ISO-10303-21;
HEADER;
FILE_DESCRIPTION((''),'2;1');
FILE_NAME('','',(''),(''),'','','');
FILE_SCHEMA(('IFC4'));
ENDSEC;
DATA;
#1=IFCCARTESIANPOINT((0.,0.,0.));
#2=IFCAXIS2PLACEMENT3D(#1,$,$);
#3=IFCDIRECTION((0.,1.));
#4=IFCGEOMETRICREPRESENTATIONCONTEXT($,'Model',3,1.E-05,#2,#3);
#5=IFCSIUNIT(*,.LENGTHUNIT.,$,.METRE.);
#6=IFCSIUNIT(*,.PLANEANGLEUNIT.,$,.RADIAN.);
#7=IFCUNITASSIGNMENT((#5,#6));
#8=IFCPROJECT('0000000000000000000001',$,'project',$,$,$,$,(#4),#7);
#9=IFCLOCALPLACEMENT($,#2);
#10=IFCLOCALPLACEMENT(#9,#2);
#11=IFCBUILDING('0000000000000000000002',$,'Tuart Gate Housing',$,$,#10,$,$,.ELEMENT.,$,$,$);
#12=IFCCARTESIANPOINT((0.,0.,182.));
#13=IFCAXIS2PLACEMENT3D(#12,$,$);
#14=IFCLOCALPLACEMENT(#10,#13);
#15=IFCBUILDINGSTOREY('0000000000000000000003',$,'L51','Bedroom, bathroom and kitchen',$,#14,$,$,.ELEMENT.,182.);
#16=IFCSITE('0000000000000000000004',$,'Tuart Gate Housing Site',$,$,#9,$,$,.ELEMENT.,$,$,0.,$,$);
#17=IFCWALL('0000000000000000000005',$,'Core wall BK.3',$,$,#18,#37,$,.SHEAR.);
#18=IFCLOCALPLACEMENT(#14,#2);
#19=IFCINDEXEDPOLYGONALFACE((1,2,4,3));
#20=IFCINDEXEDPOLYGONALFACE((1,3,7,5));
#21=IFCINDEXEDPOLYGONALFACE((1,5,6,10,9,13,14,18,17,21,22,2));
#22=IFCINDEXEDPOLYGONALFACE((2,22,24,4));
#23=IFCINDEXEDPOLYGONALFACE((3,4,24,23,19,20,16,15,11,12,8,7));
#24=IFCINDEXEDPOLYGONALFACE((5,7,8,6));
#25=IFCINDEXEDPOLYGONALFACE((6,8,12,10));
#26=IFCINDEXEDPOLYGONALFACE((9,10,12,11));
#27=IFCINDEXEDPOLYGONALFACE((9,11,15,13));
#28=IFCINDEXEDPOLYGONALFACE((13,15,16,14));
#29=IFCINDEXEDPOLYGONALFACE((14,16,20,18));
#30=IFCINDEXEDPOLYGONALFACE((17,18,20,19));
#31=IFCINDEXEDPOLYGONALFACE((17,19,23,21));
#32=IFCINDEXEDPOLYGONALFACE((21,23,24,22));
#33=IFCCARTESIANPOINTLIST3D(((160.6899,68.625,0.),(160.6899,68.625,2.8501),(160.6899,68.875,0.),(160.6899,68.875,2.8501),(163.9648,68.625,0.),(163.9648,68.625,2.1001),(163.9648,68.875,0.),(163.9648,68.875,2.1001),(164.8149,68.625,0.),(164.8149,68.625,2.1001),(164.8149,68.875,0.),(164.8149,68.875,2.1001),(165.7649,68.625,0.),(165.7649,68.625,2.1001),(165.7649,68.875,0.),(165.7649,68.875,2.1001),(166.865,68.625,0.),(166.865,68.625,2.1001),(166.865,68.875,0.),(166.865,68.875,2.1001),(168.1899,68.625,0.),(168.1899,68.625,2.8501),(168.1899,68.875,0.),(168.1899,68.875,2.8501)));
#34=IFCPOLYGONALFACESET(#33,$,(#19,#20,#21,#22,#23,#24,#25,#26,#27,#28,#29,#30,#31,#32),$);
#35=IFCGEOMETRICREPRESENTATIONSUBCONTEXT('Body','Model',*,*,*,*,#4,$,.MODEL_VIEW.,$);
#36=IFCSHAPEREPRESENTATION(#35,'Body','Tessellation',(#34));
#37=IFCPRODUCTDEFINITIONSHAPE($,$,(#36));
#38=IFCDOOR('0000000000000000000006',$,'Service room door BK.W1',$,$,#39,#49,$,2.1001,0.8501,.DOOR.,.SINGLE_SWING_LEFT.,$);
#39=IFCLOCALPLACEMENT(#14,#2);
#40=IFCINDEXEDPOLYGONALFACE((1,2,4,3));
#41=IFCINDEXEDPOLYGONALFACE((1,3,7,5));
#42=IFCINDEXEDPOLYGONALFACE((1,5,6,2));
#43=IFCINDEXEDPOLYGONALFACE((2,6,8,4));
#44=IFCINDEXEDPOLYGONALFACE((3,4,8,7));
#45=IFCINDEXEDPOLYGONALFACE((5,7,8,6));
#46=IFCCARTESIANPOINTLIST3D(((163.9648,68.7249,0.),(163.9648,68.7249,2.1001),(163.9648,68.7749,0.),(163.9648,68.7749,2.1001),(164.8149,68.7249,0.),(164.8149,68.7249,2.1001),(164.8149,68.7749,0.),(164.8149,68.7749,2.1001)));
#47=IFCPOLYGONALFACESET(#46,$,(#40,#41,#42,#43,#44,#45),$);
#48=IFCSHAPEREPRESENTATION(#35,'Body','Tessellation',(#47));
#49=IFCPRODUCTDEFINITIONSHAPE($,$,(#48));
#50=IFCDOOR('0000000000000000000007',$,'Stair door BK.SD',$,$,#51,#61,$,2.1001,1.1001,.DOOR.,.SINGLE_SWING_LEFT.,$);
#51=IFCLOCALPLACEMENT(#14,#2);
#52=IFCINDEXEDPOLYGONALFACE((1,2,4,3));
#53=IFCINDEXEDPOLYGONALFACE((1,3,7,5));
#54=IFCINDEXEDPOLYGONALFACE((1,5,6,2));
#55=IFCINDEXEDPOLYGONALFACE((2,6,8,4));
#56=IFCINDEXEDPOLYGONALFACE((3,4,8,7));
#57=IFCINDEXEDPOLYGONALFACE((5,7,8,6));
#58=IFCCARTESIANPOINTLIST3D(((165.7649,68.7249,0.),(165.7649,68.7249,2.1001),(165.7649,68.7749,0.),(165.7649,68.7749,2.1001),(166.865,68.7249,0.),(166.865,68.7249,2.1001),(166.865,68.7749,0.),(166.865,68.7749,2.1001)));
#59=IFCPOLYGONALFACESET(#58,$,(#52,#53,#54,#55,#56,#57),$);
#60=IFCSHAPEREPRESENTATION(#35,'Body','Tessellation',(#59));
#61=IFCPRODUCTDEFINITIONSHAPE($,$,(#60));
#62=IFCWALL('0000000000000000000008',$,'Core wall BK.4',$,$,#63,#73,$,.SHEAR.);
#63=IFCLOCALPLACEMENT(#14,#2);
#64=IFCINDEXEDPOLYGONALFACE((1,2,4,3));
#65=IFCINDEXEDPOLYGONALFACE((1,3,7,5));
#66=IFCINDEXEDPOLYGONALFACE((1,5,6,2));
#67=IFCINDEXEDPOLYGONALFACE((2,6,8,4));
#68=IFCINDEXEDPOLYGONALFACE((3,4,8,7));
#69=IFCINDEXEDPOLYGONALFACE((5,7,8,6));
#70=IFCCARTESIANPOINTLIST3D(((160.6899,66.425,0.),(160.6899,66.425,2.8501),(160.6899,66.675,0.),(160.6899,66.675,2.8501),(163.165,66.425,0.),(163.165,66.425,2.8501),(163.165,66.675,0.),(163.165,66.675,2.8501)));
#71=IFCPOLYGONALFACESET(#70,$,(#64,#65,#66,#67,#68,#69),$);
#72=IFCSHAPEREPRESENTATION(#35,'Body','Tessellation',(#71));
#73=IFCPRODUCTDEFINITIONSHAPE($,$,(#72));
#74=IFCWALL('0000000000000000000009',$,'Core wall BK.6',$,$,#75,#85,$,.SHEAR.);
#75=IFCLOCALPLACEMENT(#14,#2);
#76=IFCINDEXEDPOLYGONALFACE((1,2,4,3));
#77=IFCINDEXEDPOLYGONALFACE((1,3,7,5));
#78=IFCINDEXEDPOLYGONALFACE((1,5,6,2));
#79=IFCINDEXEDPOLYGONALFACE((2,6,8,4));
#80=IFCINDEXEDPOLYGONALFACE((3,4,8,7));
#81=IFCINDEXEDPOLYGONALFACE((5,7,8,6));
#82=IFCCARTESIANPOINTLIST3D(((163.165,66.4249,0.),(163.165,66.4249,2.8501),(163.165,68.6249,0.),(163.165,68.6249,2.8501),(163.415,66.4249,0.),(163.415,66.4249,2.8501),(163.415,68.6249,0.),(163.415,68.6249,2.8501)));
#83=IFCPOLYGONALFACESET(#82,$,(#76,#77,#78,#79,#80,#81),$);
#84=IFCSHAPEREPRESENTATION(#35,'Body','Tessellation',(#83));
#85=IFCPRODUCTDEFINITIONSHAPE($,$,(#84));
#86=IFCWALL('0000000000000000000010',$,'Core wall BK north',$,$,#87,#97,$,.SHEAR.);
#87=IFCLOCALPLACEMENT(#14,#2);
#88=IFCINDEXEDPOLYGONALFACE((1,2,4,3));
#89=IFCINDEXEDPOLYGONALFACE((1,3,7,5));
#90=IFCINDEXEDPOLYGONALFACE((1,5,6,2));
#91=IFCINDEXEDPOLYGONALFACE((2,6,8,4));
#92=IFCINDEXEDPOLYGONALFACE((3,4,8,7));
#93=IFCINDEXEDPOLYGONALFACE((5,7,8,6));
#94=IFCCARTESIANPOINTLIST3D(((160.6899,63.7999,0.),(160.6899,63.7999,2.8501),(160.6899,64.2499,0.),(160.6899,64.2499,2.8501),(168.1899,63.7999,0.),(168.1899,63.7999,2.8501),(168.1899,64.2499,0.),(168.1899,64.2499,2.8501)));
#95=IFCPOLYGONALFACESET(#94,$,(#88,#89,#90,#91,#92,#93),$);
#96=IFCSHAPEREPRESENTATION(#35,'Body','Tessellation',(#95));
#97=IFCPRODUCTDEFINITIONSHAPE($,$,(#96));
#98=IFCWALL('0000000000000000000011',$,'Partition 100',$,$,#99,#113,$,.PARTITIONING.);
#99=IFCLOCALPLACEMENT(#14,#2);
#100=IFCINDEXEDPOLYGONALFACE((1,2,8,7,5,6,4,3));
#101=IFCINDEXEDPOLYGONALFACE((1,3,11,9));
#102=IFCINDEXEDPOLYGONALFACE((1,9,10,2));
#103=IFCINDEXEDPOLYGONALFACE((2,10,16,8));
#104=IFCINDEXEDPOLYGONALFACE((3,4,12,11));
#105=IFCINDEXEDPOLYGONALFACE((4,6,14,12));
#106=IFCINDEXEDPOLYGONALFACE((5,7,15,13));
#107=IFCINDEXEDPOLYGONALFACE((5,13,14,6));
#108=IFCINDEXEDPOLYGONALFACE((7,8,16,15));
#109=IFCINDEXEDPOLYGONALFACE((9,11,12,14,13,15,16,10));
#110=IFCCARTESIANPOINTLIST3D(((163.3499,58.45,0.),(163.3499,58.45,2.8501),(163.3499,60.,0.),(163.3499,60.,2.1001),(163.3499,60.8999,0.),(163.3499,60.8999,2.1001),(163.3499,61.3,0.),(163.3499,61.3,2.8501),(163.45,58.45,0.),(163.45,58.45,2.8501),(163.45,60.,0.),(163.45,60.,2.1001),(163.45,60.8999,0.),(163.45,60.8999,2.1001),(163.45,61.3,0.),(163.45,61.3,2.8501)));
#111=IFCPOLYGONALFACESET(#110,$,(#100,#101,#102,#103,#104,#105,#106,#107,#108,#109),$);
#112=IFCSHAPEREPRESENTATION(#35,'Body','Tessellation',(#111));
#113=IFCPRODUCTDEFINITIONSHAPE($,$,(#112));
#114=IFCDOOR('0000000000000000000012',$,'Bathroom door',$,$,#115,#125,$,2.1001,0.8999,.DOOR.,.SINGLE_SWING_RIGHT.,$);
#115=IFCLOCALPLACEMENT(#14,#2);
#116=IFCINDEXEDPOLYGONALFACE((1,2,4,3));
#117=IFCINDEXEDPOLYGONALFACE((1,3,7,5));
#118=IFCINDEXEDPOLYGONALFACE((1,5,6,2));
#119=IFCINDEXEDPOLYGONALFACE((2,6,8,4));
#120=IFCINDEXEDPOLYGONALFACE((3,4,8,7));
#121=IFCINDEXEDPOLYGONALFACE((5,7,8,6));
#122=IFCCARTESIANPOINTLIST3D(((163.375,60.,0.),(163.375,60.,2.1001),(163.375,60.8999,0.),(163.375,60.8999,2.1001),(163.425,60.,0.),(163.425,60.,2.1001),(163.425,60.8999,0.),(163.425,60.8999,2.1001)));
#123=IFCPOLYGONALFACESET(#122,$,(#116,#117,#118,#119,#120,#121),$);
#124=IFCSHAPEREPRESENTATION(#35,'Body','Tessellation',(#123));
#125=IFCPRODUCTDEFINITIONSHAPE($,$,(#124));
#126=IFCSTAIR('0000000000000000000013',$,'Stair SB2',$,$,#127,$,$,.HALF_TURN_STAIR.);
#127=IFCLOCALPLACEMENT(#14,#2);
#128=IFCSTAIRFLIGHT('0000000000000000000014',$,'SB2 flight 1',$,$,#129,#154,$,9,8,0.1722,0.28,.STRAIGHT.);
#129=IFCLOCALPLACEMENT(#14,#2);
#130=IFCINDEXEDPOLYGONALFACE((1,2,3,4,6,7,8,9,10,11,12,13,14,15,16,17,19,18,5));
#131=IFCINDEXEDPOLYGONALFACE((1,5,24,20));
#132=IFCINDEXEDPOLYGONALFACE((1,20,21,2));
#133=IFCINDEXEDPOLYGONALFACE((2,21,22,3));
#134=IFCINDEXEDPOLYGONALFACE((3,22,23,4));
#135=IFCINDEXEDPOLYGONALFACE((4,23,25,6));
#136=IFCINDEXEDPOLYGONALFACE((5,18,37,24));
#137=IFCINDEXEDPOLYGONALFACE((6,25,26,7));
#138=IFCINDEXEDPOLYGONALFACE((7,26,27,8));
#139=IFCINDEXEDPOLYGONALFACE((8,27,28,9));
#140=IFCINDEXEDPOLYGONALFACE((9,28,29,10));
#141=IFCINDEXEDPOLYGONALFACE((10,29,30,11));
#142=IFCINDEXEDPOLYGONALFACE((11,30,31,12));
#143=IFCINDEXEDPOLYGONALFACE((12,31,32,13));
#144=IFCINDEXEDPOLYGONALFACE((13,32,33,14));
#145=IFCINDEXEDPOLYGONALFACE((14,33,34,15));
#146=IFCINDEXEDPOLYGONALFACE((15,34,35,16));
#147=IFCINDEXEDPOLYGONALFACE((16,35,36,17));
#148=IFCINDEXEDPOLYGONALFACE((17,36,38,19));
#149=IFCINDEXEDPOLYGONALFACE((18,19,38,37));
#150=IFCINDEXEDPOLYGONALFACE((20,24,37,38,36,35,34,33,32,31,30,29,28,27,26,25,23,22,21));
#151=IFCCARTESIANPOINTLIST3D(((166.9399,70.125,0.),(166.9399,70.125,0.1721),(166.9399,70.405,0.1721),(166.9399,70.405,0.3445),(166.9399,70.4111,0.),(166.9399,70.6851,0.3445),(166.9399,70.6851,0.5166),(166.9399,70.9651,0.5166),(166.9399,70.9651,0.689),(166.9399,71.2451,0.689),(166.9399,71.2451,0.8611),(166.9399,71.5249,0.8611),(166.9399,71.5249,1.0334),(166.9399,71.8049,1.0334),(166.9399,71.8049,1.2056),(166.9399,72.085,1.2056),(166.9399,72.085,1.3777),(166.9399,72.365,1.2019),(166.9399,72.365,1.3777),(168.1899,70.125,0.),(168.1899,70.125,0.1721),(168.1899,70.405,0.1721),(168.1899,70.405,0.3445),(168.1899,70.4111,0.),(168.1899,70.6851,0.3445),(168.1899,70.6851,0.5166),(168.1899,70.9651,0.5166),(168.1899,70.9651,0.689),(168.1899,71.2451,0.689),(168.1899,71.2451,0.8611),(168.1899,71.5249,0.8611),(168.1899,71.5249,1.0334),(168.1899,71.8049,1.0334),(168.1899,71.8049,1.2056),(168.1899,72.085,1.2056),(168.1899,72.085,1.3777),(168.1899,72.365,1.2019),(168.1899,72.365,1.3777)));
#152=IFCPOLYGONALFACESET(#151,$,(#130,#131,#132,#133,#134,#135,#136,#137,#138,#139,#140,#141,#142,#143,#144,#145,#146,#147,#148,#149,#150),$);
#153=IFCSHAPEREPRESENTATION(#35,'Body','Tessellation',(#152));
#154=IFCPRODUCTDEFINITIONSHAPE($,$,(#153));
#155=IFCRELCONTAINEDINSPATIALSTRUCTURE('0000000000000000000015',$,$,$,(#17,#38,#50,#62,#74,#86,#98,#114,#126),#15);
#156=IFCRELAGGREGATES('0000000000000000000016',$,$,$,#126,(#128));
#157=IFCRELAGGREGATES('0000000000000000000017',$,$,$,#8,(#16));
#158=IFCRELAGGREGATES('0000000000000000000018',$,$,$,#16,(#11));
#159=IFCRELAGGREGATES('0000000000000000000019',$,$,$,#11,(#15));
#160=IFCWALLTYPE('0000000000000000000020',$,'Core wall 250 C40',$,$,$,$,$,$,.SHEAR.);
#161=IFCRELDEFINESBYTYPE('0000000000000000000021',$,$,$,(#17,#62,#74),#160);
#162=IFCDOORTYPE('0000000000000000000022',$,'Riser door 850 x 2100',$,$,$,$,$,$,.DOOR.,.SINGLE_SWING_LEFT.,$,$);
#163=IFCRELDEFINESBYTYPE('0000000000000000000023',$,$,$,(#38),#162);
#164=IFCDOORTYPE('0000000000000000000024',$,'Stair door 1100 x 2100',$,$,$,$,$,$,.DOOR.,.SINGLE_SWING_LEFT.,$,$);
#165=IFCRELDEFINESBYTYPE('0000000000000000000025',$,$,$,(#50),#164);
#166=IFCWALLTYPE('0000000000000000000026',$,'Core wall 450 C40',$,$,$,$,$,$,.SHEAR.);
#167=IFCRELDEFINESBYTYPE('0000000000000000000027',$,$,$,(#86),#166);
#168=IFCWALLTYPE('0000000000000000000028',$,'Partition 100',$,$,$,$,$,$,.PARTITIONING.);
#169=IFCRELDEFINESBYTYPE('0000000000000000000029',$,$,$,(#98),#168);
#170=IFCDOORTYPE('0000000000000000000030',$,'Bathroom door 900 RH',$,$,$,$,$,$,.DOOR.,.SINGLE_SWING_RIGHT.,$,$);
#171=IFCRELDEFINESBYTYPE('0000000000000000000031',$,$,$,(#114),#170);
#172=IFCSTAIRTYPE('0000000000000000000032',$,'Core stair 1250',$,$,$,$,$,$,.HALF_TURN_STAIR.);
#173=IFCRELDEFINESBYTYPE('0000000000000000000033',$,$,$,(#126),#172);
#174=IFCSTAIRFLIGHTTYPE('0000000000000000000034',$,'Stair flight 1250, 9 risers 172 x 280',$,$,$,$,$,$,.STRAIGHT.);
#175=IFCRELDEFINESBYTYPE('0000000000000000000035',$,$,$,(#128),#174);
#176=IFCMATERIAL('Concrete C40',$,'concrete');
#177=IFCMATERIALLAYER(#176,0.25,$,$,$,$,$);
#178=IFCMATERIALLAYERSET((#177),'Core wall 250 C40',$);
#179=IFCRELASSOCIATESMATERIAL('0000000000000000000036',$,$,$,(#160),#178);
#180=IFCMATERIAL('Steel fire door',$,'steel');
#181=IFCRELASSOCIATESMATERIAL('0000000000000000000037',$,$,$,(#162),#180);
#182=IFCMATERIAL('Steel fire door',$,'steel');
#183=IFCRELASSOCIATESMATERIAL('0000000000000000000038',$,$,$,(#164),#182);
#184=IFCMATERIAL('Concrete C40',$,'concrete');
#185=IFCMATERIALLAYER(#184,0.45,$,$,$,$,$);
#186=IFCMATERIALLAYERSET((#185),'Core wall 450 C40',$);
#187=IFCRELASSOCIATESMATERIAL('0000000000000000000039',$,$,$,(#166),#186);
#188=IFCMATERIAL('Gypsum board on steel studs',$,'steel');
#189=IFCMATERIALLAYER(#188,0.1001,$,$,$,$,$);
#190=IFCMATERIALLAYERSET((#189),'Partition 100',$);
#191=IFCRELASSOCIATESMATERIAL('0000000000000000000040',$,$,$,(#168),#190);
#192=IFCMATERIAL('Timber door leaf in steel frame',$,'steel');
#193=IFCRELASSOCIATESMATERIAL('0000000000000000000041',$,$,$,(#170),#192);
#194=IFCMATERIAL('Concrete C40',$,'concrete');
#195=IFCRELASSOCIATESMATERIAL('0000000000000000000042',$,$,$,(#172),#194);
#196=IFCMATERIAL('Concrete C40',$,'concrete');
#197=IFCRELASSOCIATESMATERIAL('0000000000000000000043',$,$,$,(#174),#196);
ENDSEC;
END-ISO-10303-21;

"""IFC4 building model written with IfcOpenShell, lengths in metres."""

from ifc_helpers import new_model, si_unit, direction, frame, frame_2d, origin, place, context, subcontext, project, spatial, polyline, rectangle, outline, extrude, material, layer, layer_set, type_object, element, fill, aggregate, save


model = new_model("IFC4")

# Units and contexts
model_context = context("Model", 3, precision=1e-05, world=origin(), true_north=direction((0.0, 1.0)))
body_context = subcontext(model_context, "Body", "Model", "MODEL_VIEW")
ifc_project = project(units=[si_unit("LENGTHUNIT", "METRE"), si_unit("PLANEANGLEUNIT", "RADIAN")], contexts=[model_context])

# Site, building, storey
site_placement = place(None, origin())
site = spatial("IfcSite", under=ifc_project, at=site_placement, Name="Tuart Gate Housing Site", CompositionType="ELEMENT", RefElevation=0.0)
building_placement = place(site_placement, origin())
building = spatial("IfcBuilding", under=site, at=building_placement, Name="Tuart Gate Housing", CompositionType="ELEMENT")
storey_placement = place(building_placement, frame((0.0, 0.0, 182.0)))
storey = spatial("IfcBuildingStorey", under=building, at=storey_placement, Name="L51", Description="Bedroom, bathroom and kitchen", CompositionType="ELEMENT", Elevation=182.0)

# Wall, openings, doors
ifc_material_1 = material(Name="Concrete C40", Category="concrete")
ifc_layer_1 = layer(ifc_material_1, 0.25)
ifc_layer_set_1 = layer_set([ifc_layer_1], Name="Core wall 250 C40")
wall_type_1 = type_object("IfcWallType", Name="Core wall 250 C40", PredefinedType="SHEAR", material=ifc_layer_set_1)
wall_1_placement = place(storey_placement, frame((160.6899, 68.75, 0.0), z_axis=(0.0, 0.0, 1.0), x_axis=(1.0, 0.0, 0.0)))
wall_1 = element("IfcWall", 1, at=wall_1_placement, inside=storey, type_object=wall_type_1, Name="Core wall BK.3", PredefinedType="SHEAR", context=body_context, shape_type="SweptSolid", body=[
    extrude(rectangle(XDim=7.5, YDim=0.25, at=frame_2d((3.75, 0.0))), origin(), (0.0, 0.0, 1.0), 2.8501),
])
opening_1_placement = place(wall_1_placement, frame((5.075, 0.0, 0.0)))
opening_1 = element("IfcOpeningElement", 2, at=opening_1_placement, cuts=wall_1, PredefinedType="OPENING", context=body_context, shape_type="SweptSolid", body=[
    extrude(rectangle(XDim=1.1001, YDim=2.1001, at=frame_2d((0.55, 1.05))), frame((0.0, 0.135, 0.0), z_axis=(0.0, -1.0, 0.0), x_axis=(1.0, 0.0, 0.0)), (0.0, 0.0, 1.0), 0.27),
])
opening_2_placement = place(wall_1_placement, frame((3.2749, 0.0, 0.0)))
opening_2 = element("IfcOpeningElement", 3, at=opening_2_placement, cuts=wall_1, PredefinedType="OPENING", context=body_context, shape_type="SweptSolid", body=[
    extrude(rectangle(XDim=0.8501, YDim=2.1001, at=frame_2d((0.425, 1.05))), frame((0.0, 0.135, 0.0), z_axis=(0.0, -1.0, 0.0), x_axis=(1.0, 0.0, 0.0)), (0.0, 0.0, 1.0), 0.27),
])
ifc_material_2 = material(Name="Steel fire door", Category="steel")
door_type_1 = type_object("IfcDoorType", Name="Riser door 850 x 2100", OperationType="SINGLE_SWING_LEFT", PredefinedType="DOOR", material=ifc_material_2)
door_1_placement = place(opening_2_placement, origin())
door_1 = element("IfcDoor", 4, at=door_1_placement, inside=storey, type_object=door_type_1, Name="Service room door BK.W1", OperationType="SINGLE_SWING_LEFT", OverallHeight=2.1001, OverallWidth=0.8501, PredefinedType="DOOR", context=body_context, shape_type="SweptSolid", body=[
    extrude(rectangle(XDim=0.8501, YDim=2.1001, at=frame_2d((0.425, 1.05))), frame((0.0, 0.0249, 0.0), z_axis=(0.0, -1.0, 0.0), x_axis=(1.0, 0.0, 0.0)), (0.0, 0.0, 1.0), 0.05),
])
fill(opening_2, door_1)
ifc_material_3 = material(Name="Steel fire door", Category="steel")
door_type_2 = type_object("IfcDoorType", Name="Stair door 1100 x 2100", OperationType="SINGLE_SWING_LEFT", PredefinedType="DOOR", material=ifc_material_3)
door_2_placement = place(opening_1_placement, origin())
door_2 = element("IfcDoor", 5, at=door_2_placement, inside=storey, type_object=door_type_2, Name="Stair door BK.SD", OperationType="SINGLE_SWING_LEFT", OverallHeight=2.1001, OverallWidth=1.1001, PredefinedType="DOOR", context=body_context, shape_type="SweptSolid", body=[
    extrude(rectangle(XDim=1.1001, YDim=2.1001, at=frame_2d((0.55, 1.05))), frame((0.0, 0.0249, 0.0), z_axis=(0.0, -1.0, 0.0), x_axis=(1.0, 0.0, 0.0)), (0.0, 0.0, 1.0), 0.05),
])
fill(opening_1, door_2)

# Walls
wall_2_placement = place(storey_placement, frame((160.6899, 66.55, 0.0), z_axis=(0.0, 0.0, 1.0), x_axis=(1.0, 0.0, 0.0)))
element("IfcWall", 6, at=wall_2_placement, inside=storey, type_object=wall_type_1, Name="Core wall BK.4", PredefinedType="SHEAR", context=body_context, shape_type="SweptSolid", body=[
    extrude(rectangle(XDim=2.4751, YDim=0.25, at=frame_2d((1.2375, 0.0))), origin(), (0.0, 0.0, 1.0), 2.8501),
])
wall_3_placement = place(storey_placement, frame((163.29, 68.625, 0.0), z_axis=(0.0, 0.0, 1.0), x_axis=(0.0, -1.0, 0.0)))
element("IfcWall", 7, at=wall_3_placement, inside=storey, type_object=wall_type_1, Name="Core wall BK.6", PredefinedType="SHEAR", context=body_context, shape_type="SweptSolid", body=[
    extrude(rectangle(XDim=2.2, YDim=0.25, at=frame_2d((1.1001, 0.0))), origin(), (0.0, 0.0, 1.0), 2.8501),
])
ifc_material_4 = material(Name="Concrete C40", Category="concrete")
ifc_layer_2 = layer(ifc_material_4, 0.45)
ifc_layer_set_2 = layer_set([ifc_layer_2], Name="Core wall 450 C40")
wall_type_2 = type_object("IfcWallType", Name="Core wall 450 C40", PredefinedType="SHEAR", material=ifc_layer_set_2)
wall_4_placement = place(storey_placement, frame((160.6899, 64.0249, 0.0), z_axis=(0.0, 0.0, 1.0), x_axis=(1.0, 0.0, 0.0)))
element("IfcWall", 8, at=wall_4_placement, inside=storey, type_object=wall_type_2, Name="Core wall BK north", PredefinedType="SHEAR", context=body_context, shape_type="SweptSolid", body=[
    extrude(rectangle(XDim=7.5, YDim=0.45, at=frame_2d((3.75, 0.0))), origin(), (0.0, 0.0, 1.0), 2.8501),
])

# Wall, opening, door
ifc_material_5 = material(Name="Gypsum board on steel studs", Category="steel")
ifc_layer_3 = layer(ifc_material_5, 0.1001)
ifc_layer_set_3 = layer_set([ifc_layer_3], Name="Partition 100")
wall_type_3 = type_object("IfcWallType", Name="Partition 100", PredefinedType="PARTITIONING", material=ifc_layer_set_3)
wall_5_placement = place(storey_placement, frame((163.3999, 58.45, 0.0), z_axis=(0.0, 0.0, 1.0), x_axis=(0.0, 1.0, 0.0)))
wall_5 = element("IfcWall", 9, at=wall_5_placement, inside=storey, type_object=wall_type_3, Name="Partition 100", PredefinedType="PARTITIONING", context=body_context, shape_type="SweptSolid", body=[
    extrude(rectangle(XDim=2.8501, YDim=0.1001, at=frame_2d((1.425, 0.0))), origin(), (0.0, 0.0, 1.0), 2.8501),
])
opening_3_placement = place(wall_5_placement, frame((1.55, 0.0, 0.0)))
opening_3 = element("IfcOpeningElement", 10, at=opening_3_placement, cuts=wall_5, PredefinedType="OPENING", context=body_context, shape_type="SweptSolid", body=[
    extrude(rectangle(XDim=0.8999, YDim=2.1001, at=frame_2d((0.45, 1.05))), frame((0.0, 0.0601, 0.0), z_axis=(0.0, -1.0, 0.0), x_axis=(1.0, 0.0, 0.0)), (0.0, 0.0, 1.0), 0.1201),
])
ifc_material_6 = material(Name="Timber door leaf in steel frame", Category="steel")
door_type_3 = type_object("IfcDoorType", Name="Bathroom door 900 RH", OperationType="SINGLE_SWING_RIGHT", PredefinedType="DOOR", material=ifc_material_6)
door_3_placement = place(opening_3_placement, origin())
door_3 = element("IfcDoor", 11, at=door_3_placement, inside=storey, type_object=door_type_3, Name="Bathroom door", OperationType="SINGLE_SWING_RIGHT", OverallHeight=2.1001, OverallWidth=0.8999, PredefinedType="DOOR", context=body_context, shape_type="SweptSolid", body=[
    extrude(rectangle(XDim=0.8999, YDim=2.1001, at=frame_2d((0.45, 1.05))), frame((0.0, 0.0249, 0.0), z_axis=(0.0, -1.0, 0.0), x_axis=(1.0, 0.0, 0.0)), (0.0, 0.0, 1.0), 0.05),
])
fill(opening_3, door_3)

# Stair, stair flight
ifc_material_7 = material(Name="Concrete C40", Category="concrete")
stair_type = type_object("IfcStairType", Name="Core stair 1250", PredefinedType="HALF_TURN_STAIR", material=ifc_material_7)
stair_placement = place(storey_placement, origin())
stair = element("IfcStair", 12, at=stair_placement, inside=storey, type_object=stair_type, Name="Stair SB2", PredefinedType="HALF_TURN_STAIR")
ifc_material_8 = material(Name="Concrete C40", Category="concrete")
stair_flight_type = type_object("IfcStairFlightType", Name="Stair flight 1250, 9 risers 172 x 280", PredefinedType="STRAIGHT", material=ifc_material_8)
stair_flight_placement = place(storey_placement, frame((167.5649, 70.125, 0.0), z_axis=(0.0, 0.0, 1.0), x_axis=(0.0, 1.0, 0.0)))
stair_flight = element("IfcStairFlight", 13, at=stair_flight_placement, type_object=stair_flight_type, Name="SB2 flight 1", NumberOfRisers=9, NumberOfTreads=8, PredefinedType="STRAIGHT", RiserHeight=0.1722, TreadLength=0.28, context=body_context, shape_type="SweptSolid", body=[
    extrude(outline(polyline([(0.0, 0.0), (0.0, 0.1721), (0.28, 0.1721), (0.28, 0.3445), (0.5601, 0.3445), (0.5601, 0.5166), (0.8401, 0.5166), (0.8401, 0.689), (1.1201, 0.689), (1.1201, 0.8611), (1.3999, 0.8611), (1.3999, 1.0334), (1.6799, 1.0334), (1.6799, 1.2056), (1.96, 1.2056), (1.96, 1.3777), (2.24, 1.3777), (2.24, 1.55), (2.24, 1.2019), (0.2861, 0.0), (0.0, 0.0)])), frame((0.0, 0.625, 0.0), z_axis=(0.0, -1.0, 0.0), x_axis=(1.0, 0.0, 0.0)), (0.0, 0.0, 1.0), 1.25),
])
aggregate(stair, [stair_flight])

save(model, "model.ifc")
